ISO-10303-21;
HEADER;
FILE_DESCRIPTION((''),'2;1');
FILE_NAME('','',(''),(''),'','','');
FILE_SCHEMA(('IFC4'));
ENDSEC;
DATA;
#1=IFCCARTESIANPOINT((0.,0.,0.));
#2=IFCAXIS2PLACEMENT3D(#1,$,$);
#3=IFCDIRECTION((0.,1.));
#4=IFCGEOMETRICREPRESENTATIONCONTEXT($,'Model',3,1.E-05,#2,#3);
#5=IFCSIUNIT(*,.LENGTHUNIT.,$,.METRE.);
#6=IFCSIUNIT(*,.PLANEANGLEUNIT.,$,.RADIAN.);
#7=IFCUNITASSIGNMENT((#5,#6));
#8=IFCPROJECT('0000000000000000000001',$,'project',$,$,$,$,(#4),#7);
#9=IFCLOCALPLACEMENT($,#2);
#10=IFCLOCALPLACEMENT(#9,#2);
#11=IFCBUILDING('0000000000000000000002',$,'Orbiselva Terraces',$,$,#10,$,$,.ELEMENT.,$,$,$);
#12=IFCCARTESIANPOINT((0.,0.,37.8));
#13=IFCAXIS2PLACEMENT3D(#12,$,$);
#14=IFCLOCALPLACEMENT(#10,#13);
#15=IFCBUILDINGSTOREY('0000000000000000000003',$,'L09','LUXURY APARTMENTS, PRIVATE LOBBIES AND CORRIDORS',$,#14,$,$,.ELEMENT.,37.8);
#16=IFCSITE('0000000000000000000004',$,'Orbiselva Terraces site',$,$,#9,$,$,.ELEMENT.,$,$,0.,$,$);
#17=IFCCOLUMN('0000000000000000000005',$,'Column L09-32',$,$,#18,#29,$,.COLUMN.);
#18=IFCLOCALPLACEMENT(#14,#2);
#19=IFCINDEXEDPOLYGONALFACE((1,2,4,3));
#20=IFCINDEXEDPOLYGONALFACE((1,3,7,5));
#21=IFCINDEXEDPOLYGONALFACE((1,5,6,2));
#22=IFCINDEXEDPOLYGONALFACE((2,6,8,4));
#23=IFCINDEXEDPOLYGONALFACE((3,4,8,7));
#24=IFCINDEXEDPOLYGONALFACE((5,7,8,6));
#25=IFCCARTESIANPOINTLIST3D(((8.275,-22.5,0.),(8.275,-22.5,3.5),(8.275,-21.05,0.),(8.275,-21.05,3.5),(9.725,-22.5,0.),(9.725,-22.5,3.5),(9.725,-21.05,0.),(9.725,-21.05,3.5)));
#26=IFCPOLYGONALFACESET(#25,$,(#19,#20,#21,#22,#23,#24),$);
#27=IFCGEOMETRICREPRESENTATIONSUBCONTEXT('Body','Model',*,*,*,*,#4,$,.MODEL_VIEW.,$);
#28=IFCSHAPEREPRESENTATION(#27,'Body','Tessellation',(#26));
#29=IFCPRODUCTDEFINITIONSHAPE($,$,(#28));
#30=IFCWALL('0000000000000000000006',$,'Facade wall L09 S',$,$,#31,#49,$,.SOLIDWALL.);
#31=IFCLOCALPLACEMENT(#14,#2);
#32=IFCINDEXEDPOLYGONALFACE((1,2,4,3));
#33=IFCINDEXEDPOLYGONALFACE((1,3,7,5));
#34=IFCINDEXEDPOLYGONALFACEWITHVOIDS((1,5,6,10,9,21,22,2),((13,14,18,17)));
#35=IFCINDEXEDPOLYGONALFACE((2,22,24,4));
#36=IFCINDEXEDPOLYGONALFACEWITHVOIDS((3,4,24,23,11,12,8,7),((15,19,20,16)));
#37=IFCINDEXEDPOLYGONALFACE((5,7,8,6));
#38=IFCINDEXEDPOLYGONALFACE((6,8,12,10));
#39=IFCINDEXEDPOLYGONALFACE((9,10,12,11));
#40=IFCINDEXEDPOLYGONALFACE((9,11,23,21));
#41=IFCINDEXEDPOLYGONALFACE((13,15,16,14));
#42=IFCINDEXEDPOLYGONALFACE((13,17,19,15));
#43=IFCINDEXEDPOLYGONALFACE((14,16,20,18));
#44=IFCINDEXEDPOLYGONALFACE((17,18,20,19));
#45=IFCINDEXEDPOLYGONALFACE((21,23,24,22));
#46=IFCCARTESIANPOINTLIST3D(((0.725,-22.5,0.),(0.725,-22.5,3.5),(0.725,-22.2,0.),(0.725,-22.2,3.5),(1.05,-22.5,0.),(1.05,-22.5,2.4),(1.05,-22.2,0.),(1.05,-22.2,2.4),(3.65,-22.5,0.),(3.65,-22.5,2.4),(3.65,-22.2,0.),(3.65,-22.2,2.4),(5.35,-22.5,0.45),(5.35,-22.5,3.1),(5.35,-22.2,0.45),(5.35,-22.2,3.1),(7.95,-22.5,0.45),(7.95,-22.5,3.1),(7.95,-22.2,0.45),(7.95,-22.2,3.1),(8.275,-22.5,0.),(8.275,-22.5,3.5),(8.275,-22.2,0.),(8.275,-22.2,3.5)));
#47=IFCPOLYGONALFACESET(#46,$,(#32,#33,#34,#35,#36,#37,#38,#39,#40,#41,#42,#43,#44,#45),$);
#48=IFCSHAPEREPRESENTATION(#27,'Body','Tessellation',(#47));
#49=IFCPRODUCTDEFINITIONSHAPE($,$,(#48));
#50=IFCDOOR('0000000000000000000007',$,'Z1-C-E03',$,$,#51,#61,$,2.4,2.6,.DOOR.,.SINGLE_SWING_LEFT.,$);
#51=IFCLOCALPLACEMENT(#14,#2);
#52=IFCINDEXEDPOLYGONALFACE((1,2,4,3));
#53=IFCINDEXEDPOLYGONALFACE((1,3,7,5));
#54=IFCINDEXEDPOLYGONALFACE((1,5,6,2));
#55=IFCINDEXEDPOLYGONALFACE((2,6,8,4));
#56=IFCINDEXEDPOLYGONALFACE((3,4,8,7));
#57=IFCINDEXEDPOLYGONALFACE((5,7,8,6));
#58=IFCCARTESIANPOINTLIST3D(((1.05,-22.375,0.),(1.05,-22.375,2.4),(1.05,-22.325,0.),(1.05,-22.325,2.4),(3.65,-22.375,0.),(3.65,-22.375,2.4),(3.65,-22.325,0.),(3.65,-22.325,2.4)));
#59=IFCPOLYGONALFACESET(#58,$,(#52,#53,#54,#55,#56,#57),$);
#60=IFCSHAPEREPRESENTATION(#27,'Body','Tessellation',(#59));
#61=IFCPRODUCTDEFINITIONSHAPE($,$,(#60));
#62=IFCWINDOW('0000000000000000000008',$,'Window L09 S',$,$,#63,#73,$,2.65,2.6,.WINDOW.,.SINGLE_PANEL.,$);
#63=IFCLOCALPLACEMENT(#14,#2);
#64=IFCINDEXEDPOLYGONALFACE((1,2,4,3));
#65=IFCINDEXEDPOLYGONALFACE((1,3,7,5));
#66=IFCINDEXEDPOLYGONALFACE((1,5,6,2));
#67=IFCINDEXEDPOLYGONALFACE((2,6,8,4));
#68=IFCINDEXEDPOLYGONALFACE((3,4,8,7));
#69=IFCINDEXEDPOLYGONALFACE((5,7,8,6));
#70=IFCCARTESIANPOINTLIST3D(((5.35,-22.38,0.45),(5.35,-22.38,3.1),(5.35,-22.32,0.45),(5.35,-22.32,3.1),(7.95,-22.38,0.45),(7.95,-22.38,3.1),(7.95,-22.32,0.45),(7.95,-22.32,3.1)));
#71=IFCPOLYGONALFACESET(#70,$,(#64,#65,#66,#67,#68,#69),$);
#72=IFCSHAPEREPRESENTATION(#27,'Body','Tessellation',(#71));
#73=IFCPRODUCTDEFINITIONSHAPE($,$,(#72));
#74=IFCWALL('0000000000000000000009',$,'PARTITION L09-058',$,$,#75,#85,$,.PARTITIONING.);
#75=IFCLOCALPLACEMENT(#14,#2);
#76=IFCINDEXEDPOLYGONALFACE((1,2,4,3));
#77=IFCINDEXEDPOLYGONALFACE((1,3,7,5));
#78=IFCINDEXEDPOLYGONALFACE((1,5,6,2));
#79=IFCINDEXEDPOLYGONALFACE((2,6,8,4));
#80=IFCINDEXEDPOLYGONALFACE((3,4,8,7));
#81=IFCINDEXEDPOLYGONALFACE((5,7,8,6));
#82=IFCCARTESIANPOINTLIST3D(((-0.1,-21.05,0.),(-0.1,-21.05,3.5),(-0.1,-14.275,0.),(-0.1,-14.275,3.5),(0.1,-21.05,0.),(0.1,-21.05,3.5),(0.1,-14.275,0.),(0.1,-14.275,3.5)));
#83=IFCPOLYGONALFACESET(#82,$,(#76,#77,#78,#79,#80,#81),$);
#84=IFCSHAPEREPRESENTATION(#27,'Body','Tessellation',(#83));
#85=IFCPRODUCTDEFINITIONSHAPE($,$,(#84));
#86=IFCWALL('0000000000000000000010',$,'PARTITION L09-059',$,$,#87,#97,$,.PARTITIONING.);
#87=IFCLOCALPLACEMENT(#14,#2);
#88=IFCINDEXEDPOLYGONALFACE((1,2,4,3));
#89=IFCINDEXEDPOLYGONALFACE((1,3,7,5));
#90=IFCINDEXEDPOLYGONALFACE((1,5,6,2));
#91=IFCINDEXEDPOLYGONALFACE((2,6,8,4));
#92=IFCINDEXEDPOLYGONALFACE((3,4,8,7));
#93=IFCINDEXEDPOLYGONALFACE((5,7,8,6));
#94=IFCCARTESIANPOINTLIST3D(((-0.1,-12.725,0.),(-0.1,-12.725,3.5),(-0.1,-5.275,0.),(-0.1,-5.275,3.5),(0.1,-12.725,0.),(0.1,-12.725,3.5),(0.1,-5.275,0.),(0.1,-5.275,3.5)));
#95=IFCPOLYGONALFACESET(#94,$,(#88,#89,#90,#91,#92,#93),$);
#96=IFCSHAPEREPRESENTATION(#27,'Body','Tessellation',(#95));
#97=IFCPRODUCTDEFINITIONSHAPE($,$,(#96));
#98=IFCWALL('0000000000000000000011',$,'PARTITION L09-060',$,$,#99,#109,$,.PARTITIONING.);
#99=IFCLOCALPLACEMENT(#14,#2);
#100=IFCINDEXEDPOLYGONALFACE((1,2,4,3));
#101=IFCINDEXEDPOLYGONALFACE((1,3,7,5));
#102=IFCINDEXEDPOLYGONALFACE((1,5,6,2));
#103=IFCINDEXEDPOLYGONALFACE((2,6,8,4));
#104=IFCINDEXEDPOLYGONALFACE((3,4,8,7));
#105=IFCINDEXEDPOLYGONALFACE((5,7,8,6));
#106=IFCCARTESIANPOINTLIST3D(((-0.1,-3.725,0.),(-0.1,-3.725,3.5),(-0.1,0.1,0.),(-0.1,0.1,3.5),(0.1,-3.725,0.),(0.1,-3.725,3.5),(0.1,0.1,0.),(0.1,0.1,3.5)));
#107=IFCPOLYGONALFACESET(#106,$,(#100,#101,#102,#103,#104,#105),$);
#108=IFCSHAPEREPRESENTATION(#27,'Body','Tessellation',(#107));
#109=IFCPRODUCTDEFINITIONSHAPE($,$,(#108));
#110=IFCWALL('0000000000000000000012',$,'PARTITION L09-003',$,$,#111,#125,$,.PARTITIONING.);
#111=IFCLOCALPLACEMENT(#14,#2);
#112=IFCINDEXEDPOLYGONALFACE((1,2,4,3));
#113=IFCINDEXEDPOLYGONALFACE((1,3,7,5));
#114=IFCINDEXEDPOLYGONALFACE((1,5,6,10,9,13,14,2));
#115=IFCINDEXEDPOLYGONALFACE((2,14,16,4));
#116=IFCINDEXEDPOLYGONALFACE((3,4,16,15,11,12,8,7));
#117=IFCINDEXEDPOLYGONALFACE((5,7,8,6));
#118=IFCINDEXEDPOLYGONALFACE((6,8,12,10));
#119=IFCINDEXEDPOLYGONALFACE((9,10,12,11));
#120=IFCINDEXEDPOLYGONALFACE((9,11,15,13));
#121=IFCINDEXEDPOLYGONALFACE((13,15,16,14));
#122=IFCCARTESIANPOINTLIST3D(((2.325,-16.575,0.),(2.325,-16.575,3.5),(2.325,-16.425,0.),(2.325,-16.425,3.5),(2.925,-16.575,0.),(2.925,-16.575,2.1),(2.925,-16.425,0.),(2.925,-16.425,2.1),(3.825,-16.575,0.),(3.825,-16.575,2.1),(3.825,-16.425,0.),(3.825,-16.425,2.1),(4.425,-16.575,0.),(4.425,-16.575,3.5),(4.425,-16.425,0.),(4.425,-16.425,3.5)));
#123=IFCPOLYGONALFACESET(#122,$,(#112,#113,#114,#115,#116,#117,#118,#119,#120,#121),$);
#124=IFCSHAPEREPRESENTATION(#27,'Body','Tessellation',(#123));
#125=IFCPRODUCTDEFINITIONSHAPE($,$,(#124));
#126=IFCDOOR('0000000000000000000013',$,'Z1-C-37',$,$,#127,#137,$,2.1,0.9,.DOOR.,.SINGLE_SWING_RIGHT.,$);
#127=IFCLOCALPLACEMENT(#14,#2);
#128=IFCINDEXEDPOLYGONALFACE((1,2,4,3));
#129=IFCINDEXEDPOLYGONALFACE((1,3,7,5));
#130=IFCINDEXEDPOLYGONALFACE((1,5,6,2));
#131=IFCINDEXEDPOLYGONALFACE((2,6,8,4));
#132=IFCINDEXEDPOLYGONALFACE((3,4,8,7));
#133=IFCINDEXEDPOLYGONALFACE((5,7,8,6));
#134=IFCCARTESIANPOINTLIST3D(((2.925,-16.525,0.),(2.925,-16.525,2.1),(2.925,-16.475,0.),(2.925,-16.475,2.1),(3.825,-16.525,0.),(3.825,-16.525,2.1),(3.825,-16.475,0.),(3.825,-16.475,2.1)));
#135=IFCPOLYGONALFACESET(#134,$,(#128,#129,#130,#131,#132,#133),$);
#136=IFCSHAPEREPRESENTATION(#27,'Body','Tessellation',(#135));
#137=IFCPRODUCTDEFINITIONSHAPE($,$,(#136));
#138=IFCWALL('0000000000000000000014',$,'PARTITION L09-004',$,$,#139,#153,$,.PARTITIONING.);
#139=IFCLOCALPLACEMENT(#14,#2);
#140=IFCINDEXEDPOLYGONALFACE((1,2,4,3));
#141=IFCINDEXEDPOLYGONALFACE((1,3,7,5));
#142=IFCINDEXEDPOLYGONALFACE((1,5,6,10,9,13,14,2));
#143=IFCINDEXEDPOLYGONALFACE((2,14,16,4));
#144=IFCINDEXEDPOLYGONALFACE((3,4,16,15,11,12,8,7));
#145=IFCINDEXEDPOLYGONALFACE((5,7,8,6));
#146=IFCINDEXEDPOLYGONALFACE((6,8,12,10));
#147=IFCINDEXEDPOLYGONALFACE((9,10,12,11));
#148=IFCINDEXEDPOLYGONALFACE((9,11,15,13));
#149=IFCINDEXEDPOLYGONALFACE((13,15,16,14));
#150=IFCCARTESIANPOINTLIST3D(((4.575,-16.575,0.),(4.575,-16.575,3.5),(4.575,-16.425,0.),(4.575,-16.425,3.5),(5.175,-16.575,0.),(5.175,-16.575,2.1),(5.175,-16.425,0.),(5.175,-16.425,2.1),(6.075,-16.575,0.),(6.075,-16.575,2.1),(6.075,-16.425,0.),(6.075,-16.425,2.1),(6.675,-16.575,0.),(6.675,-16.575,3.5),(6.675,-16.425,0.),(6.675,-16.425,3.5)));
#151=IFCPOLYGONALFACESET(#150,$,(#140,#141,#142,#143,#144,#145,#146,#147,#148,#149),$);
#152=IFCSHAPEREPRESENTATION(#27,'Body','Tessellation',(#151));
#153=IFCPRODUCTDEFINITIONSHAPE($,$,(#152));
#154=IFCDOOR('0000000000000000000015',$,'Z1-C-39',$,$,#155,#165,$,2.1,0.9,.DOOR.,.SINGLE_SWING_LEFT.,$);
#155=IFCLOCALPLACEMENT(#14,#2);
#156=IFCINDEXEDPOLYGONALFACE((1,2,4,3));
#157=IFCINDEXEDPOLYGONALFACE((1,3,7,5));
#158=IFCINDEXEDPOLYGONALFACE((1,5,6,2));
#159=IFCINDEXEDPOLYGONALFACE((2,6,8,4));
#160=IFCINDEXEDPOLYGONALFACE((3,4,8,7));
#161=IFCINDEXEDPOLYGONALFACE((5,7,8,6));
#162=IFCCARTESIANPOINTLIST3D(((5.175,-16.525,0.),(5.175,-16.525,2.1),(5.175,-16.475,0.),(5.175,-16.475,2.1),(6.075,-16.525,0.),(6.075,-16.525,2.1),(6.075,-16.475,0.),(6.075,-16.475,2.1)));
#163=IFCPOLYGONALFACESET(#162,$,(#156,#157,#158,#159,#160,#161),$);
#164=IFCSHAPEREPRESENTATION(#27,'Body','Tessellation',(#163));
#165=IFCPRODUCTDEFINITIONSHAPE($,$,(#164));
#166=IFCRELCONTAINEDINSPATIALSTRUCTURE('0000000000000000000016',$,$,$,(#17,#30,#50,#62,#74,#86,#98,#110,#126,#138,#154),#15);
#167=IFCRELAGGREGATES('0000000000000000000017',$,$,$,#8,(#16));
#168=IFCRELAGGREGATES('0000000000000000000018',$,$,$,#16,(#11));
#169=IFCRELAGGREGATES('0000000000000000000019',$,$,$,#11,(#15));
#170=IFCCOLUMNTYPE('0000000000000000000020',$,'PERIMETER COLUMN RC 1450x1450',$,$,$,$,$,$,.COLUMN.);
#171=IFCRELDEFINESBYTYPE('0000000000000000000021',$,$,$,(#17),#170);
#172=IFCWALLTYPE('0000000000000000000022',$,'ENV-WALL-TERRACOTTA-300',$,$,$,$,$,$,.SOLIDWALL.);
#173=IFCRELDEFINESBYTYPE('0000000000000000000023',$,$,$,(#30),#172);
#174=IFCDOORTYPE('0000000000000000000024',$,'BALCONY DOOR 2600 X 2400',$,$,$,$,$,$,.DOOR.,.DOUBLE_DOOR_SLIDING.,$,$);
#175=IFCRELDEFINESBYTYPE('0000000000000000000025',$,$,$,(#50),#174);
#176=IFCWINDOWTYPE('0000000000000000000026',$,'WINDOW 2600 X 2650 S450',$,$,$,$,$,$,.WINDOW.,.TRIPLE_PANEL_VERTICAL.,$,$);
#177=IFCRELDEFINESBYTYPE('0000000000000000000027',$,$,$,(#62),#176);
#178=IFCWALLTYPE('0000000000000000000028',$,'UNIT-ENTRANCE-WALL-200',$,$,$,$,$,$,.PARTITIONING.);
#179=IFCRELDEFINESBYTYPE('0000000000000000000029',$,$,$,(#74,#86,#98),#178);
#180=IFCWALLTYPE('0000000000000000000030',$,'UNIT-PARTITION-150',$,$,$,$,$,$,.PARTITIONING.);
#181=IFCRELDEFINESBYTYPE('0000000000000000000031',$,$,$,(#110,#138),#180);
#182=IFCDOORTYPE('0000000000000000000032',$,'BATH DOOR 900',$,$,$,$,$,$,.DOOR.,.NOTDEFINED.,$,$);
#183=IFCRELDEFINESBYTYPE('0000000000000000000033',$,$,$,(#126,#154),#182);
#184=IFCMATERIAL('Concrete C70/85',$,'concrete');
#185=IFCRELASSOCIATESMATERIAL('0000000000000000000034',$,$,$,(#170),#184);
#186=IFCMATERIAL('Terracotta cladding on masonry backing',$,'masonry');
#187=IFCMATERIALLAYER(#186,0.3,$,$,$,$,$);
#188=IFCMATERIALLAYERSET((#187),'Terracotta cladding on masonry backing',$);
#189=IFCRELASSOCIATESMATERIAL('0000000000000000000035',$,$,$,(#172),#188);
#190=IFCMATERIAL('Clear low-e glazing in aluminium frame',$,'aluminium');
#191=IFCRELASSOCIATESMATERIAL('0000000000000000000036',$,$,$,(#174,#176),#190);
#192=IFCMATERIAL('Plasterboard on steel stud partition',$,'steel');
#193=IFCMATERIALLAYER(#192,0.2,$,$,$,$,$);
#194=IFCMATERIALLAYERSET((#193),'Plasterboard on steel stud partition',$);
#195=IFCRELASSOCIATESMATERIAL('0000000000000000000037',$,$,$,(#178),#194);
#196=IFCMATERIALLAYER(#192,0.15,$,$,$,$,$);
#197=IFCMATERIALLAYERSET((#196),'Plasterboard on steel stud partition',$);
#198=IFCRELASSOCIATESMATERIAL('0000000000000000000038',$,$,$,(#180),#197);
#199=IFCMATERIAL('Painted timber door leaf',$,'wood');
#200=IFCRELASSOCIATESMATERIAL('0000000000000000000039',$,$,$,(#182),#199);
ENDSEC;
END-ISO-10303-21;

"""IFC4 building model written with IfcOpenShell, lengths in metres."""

from ifc_helpers import new_model, si_unit, direction, frame, frame_2d, origin, origin_2d, place, context, subcontext, project, spatial, rectangle, extrude, material, layer, layer_set, material_profile, profile_set, type_object, element, fill, save


model = new_model("IFC4")

# Units and contexts
model_context = context("Model", 3, precision=1e-05, world=origin(), true_north=direction((0.0, 1.0)))
body_context = subcontext(model_context, "Body", "Model", "MODEL_VIEW")
ifc_project = project(units=[si_unit("LENGTHUNIT", "METRE"), si_unit("PLANEANGLEUNIT", "RADIAN")], contexts=[model_context])

# Site, building, storey
site_placement = place(None, origin())
site = spatial("IfcSite", under=ifc_project, at=site_placement, Name="Orbiselva Terraces site", CompositionType="ELEMENT", RefElevation=0.0)
building_placement = place(site_placement, origin())
building = spatial("IfcBuilding", under=site, at=building_placement, Name="Orbiselva Terraces", CompositionType="ELEMENT")
storey_placement = place(building_placement, frame((0.0, 0.0, 37.8)))
storey = spatial("IfcBuildingStorey", under=building, at=storey_placement, Name="L09", Description="LUXURY APARTMENTS, PRIVATE LOBBIES AND CORRIDORS", CompositionType="ELEMENT", Elevation=37.8)

# Column
ifc_material_1 = material(Name="Concrete C70/85", Category="concrete")
ifc_material_profile = material_profile(ifc_material_1, rectangle(XDim=1.45, YDim=1.45, at=origin_2d()), Name="RC 1450x1450")
ifc_profile_set = profile_set([ifc_material_profile], Name="Concrete C70/85")
column_type = type_object("IfcColumnType", Name="PERIMETER COLUMN RC 1450x1450", PredefinedType="COLUMN", material=ifc_profile_set)
column_placement = place(storey_placement, frame((9.0, -21.775, 0.0), z_axis=(0.0, 0.0, 1.0), x_axis=(1.0, 0.0, 0.0)))
element("IfcColumn", 1, at=column_placement, inside=storey, type_object=column_type, Name="Column L09-32", PredefinedType="COLUMN", context=body_context, shape_type="SweptSolid", body=[
    extrude(rectangle(XDim=1.45, YDim=1.45, at=origin_2d()), origin(), (0.0, 0.0, 1.0), 3.5),
])

# Wall, openings, door, window
ifc_material_2 = material(Name="Terracotta cladding on masonry backing", Category="masonry")
ifc_layer_1 = layer(ifc_material_2, 0.3)
ifc_layer_set_1 = layer_set([ifc_layer_1], Name="Terracotta cladding on masonry backing")
wall_type_1 = type_object("IfcWallType", Name="ENV-WALL-TERRACOTTA-300", PredefinedType="SOLIDWALL", material=ifc_layer_set_1)
wall_1_placement = place(storey_placement, frame((8.275, -22.35, 0.0), z_axis=(0.0, 0.0, 1.0), x_axis=(-1.0, 0.0, 0.0)))
wall_1 = element("IfcWall", 2, at=wall_1_placement, inside=storey, type_object=wall_type_1, Name="Facade wall L09 S", PredefinedType="SOLIDWALL", context=body_context, shape_type="SweptSolid", body=[
    extrude(rectangle(XDim=7.55, YDim=0.3, at=frame_2d((3.775, 0.0))), origin(), (0.0, 0.0, 1.0), 3.5),
])
opening_1_placement = place(wall_1_placement, frame((4.625, 0.0, 0.0)))
opening_1 = element("IfcOpeningElement", 3, at=opening_1_placement, cuts=wall_1, PredefinedType="OPENING", context=body_context, shape_type="SweptSolid", body=[
    extrude(rectangle(XDim=2.6, YDim=2.4, at=frame_2d((1.3, 1.2))), frame((0.0, 0.16, 0.0), z_axis=(0.0, -1.0, 0.0), x_axis=(1.0, 0.0, 0.0)), (0.0, 0.0, 1.0), 0.32),
])
opening_2_placement = place(wall_1_placement, frame((0.325, 0.0, 0.45)))
opening_2 = element("IfcOpeningElement", 4, at=opening_2_placement, cuts=wall_1, PredefinedType="OPENING", context=body_context, shape_type="SweptSolid", body=[
    extrude(rectangle(XDim=2.6, YDim=2.65, at=frame_2d((1.3, 1.325))), frame((0.0, 0.16, 0.0), z_axis=(0.0, -1.0, 0.0), x_axis=(1.0, 0.0, 0.0)), (0.0, 0.0, 1.0), 0.32),
])
ifc_material_3 = material(Name="Clear low-e glazing in aluminium frame", Category="aluminium")
door_type_1 = type_object("IfcDoorType", Name="BALCONY DOOR 2600 X 2400", OperationType="DOUBLE_DOOR_SLIDING", PredefinedType="DOOR", material=ifc_material_3)
door_1_placement = place(opening_1_placement, origin())
door_1 = element("IfcDoor", 5, at=door_1_placement, inside=storey, type_object=door_type_1, Name="Z1-C-E03", OperationType="SINGLE_SWING_LEFT", OverallHeight=2.4, OverallWidth=2.6, PredefinedType="DOOR", context=body_context, shape_type="SweptSolid", body=[
    extrude(rectangle(XDim=2.6, YDim=2.4, at=frame_2d((1.3, 1.2))), frame((0.0, 0.025, 0.0), z_axis=(0.0, -1.0, 0.0), x_axis=(1.0, 0.0, 0.0)), (0.0, 0.0, 1.0), 0.05),
])
fill(opening_1, door_1)
window_type = type_object("IfcWindowType", Name="WINDOW 2600 X 2650 S450", PartitioningType="TRIPLE_PANEL_VERTICAL", PredefinedType="WINDOW", material=ifc_material_3)
window_placement = place(opening_2_placement, origin())
window = element("IfcWindow", 6, at=window_placement, inside=storey, type_object=window_type, Name="Window L09 S", OverallHeight=2.65, OverallWidth=2.6, PartitioningType="SINGLE_PANEL", PredefinedType="WINDOW", context=body_context, shape_type="SweptSolid", body=[
    extrude(rectangle(XDim=2.6, YDim=2.65, at=frame_2d((1.3, 1.325))), frame((0.0, 0.03, 0.0), z_axis=(0.0, -1.0, 0.0), x_axis=(1.0, 0.0, 0.0)), (0.0, 0.0, 1.0), 0.06),
])
fill(opening_2, window)

# Walls
ifc_material_4 = material(Name="Plasterboard on steel stud partition", Category="steel")
ifc_layer_2 = layer(ifc_material_4, 0.2)
ifc_layer_set_2 = layer_set([ifc_layer_2], Name="Plasterboard on steel stud partition")
wall_type_2 = type_object("IfcWallType", Name="UNIT-ENTRANCE-WALL-200", PredefinedType="PARTITIONING", material=ifc_layer_set_2)
wall_2_placement = place(storey_placement, frame((0.0, -21.05, 0.0), z_axis=(0.0, 0.0, 1.0), x_axis=(0.0, 1.0, 0.0)))
element("IfcWall", 7, at=wall_2_placement, inside=storey, type_object=wall_type_2, Name="PARTITION L09-058", PredefinedType="PARTITIONING", context=body_context, shape_type="SweptSolid", body=[
    extrude(rectangle(XDim=6.775, YDim=0.2, at=frame_2d((3.3875, 0.0))), origin(), (0.0, 0.0, 1.0), 3.5),
])
wall_3_placement = place(storey_placement, frame((0.0, -12.725, 0.0), z_axis=(0.0, 0.0, 1.0), x_axis=(0.0, 1.0, 0.0)))
element("IfcWall", 8, at=wall_3_placement, inside=storey, type_object=wall_type_2, Name="PARTITION L09-059", PredefinedType="PARTITIONING", context=body_context, shape_type="SweptSolid", body=[
    extrude(rectangle(XDim=7.45, YDim=0.2, at=frame_2d((3.725, 0.0))), origin(), (0.0, 0.0, 1.0), 3.5),
])
wall_4_placement = place(storey_placement, frame((0.0, -3.725, 0.0), z_axis=(0.0, 0.0, 1.0), x_axis=(0.0, 1.0, 0.0)))
element("IfcWall", 9, at=wall_4_placement, inside=storey, type_object=wall_type_2, Name="PARTITION L09-060", PredefinedType="PARTITIONING", context=body_context, shape_type="SweptSolid", body=[
    extrude(rectangle(XDim=3.825, YDim=0.2, at=frame_2d((1.9125, 0.0))), origin(), (0.0, 0.0, 1.0), 3.5),
])

# Walls, openings, doors
ifc_layer_3 = layer(ifc_material_4, 0.15)
ifc_layer_set_3 = layer_set([ifc_layer_3], Name="Plasterboard on steel stud partition")
wall_type_3 = type_object("IfcWallType", Name="UNIT-PARTITION-150", PredefinedType="PARTITIONING", material=ifc_layer_set_3)
wall_5_placement = place(storey_placement, frame((2.325, -16.5, 0.0), z_axis=(0.0, 0.0, 1.0), x_axis=(1.0, 0.0, 0.0)))
wall_5 = element("IfcWall", 10, at=wall_5_placement, inside=storey, type_object=wall_type_3, Name="PARTITION L09-003", PredefinedType="PARTITIONING", context=body_context, shape_type="SweptSolid", body=[
    extrude(rectangle(XDim=2.1, YDim=0.15, at=frame_2d((1.05, 0.0))), origin(), (0.0, 0.0, 1.0), 3.5),
])
opening_3_placement = place(wall_5_placement, frame((0.6, 0.0, 0.0)))
opening_3 = element("IfcOpeningElement", 11, at=opening_3_placement, cuts=wall_5, PredefinedType="OPENING", context=body_context, shape_type="SweptSolid", body=[
    extrude(rectangle(XDim=0.9, YDim=2.1, at=frame_2d((0.45, 1.05))), frame((0.0, 0.085, 0.0), z_axis=(0.0, -1.0, 0.0), x_axis=(1.0, 0.0, 0.0)), (0.0, 0.0, 1.0), 0.17),
])
ifc_material_5 = material(Name="Painted timber door leaf", Category="wood")
door_type_2 = type_object("IfcDoorType", Name="BATH DOOR 900", OperationType="NOTDEFINED", PredefinedType="DOOR", material=ifc_material_5)
door_2_placement = place(opening_3_placement, origin())
door_2 = element("IfcDoor", 12, at=door_2_placement, inside=storey, type_object=door_type_2, Name="Z1-C-37", OperationType="SINGLE_SWING_RIGHT", OverallHeight=2.1, OverallWidth=0.9, PredefinedType="DOOR", context=body_context, shape_type="SweptSolid", body=[
    extrude(rectangle(XDim=0.9, YDim=2.1, at=frame_2d((0.45, 1.05))), frame((0.0, 0.025, 0.0), z_axis=(0.0, -1.0, 0.0), x_axis=(1.0, 0.0, 0.0)), (0.0, 0.0, 1.0), 0.05),
])
fill(opening_3, door_2)
wall_6_placement = place(storey_placement, frame((4.575, -16.5, 0.0), z_axis=(0.0, 0.0, 1.0), x_axis=(1.0, 0.0, 0.0)))
wall_6 = element("IfcWall", 13, at=wall_6_placement, inside=storey, type_object=wall_type_3, Name="PARTITION L09-004", PredefinedType="PARTITIONING", context=body_context, shape_type="SweptSolid", body=[
    extrude(rectangle(XDim=2.1, YDim=0.15, at=frame_2d((1.05, 0.0))), origin(), (0.0, 0.0, 1.0), 3.5),
])
opening_4_placement = place(wall_6_placement, frame((0.6, 0.0, 0.0)))
opening_4 = element("IfcOpeningElement", 14, at=opening_4_placement, cuts=wall_6, PredefinedType="OPENING", context=body_context, shape_type="SweptSolid", body=[
    extrude(rectangle(XDim=0.9, YDim=2.1, at=frame_2d((0.45, 1.05))), frame((0.0, 0.085, 0.0), z_axis=(0.0, -1.0, 0.0), x_axis=(1.0, 0.0, 0.0)), (0.0, 0.0, 1.0), 0.17),
])
door_3_placement = place(opening_4_placement, origin())
door_3 = element("IfcDoor", 15, at=door_3_placement, inside=storey, type_object=door_type_2, Name="Z1-C-39", OperationType="SINGLE_SWING_LEFT", OverallHeight=2.1, OverallWidth=0.9, PredefinedType="DOOR", context=body_context, shape_type="SweptSolid", body=[
    extrude(rectangle(XDim=0.9, YDim=2.1, at=frame_2d((0.45, 1.05))), frame((0.0, 0.025, 0.0), z_axis=(0.0, -1.0, 0.0), x_axis=(1.0, 0.0, 0.0)), (0.0, 0.0, 1.0), 0.05),
])
fill(opening_4, door_3)

save(model, "model.ifc")
